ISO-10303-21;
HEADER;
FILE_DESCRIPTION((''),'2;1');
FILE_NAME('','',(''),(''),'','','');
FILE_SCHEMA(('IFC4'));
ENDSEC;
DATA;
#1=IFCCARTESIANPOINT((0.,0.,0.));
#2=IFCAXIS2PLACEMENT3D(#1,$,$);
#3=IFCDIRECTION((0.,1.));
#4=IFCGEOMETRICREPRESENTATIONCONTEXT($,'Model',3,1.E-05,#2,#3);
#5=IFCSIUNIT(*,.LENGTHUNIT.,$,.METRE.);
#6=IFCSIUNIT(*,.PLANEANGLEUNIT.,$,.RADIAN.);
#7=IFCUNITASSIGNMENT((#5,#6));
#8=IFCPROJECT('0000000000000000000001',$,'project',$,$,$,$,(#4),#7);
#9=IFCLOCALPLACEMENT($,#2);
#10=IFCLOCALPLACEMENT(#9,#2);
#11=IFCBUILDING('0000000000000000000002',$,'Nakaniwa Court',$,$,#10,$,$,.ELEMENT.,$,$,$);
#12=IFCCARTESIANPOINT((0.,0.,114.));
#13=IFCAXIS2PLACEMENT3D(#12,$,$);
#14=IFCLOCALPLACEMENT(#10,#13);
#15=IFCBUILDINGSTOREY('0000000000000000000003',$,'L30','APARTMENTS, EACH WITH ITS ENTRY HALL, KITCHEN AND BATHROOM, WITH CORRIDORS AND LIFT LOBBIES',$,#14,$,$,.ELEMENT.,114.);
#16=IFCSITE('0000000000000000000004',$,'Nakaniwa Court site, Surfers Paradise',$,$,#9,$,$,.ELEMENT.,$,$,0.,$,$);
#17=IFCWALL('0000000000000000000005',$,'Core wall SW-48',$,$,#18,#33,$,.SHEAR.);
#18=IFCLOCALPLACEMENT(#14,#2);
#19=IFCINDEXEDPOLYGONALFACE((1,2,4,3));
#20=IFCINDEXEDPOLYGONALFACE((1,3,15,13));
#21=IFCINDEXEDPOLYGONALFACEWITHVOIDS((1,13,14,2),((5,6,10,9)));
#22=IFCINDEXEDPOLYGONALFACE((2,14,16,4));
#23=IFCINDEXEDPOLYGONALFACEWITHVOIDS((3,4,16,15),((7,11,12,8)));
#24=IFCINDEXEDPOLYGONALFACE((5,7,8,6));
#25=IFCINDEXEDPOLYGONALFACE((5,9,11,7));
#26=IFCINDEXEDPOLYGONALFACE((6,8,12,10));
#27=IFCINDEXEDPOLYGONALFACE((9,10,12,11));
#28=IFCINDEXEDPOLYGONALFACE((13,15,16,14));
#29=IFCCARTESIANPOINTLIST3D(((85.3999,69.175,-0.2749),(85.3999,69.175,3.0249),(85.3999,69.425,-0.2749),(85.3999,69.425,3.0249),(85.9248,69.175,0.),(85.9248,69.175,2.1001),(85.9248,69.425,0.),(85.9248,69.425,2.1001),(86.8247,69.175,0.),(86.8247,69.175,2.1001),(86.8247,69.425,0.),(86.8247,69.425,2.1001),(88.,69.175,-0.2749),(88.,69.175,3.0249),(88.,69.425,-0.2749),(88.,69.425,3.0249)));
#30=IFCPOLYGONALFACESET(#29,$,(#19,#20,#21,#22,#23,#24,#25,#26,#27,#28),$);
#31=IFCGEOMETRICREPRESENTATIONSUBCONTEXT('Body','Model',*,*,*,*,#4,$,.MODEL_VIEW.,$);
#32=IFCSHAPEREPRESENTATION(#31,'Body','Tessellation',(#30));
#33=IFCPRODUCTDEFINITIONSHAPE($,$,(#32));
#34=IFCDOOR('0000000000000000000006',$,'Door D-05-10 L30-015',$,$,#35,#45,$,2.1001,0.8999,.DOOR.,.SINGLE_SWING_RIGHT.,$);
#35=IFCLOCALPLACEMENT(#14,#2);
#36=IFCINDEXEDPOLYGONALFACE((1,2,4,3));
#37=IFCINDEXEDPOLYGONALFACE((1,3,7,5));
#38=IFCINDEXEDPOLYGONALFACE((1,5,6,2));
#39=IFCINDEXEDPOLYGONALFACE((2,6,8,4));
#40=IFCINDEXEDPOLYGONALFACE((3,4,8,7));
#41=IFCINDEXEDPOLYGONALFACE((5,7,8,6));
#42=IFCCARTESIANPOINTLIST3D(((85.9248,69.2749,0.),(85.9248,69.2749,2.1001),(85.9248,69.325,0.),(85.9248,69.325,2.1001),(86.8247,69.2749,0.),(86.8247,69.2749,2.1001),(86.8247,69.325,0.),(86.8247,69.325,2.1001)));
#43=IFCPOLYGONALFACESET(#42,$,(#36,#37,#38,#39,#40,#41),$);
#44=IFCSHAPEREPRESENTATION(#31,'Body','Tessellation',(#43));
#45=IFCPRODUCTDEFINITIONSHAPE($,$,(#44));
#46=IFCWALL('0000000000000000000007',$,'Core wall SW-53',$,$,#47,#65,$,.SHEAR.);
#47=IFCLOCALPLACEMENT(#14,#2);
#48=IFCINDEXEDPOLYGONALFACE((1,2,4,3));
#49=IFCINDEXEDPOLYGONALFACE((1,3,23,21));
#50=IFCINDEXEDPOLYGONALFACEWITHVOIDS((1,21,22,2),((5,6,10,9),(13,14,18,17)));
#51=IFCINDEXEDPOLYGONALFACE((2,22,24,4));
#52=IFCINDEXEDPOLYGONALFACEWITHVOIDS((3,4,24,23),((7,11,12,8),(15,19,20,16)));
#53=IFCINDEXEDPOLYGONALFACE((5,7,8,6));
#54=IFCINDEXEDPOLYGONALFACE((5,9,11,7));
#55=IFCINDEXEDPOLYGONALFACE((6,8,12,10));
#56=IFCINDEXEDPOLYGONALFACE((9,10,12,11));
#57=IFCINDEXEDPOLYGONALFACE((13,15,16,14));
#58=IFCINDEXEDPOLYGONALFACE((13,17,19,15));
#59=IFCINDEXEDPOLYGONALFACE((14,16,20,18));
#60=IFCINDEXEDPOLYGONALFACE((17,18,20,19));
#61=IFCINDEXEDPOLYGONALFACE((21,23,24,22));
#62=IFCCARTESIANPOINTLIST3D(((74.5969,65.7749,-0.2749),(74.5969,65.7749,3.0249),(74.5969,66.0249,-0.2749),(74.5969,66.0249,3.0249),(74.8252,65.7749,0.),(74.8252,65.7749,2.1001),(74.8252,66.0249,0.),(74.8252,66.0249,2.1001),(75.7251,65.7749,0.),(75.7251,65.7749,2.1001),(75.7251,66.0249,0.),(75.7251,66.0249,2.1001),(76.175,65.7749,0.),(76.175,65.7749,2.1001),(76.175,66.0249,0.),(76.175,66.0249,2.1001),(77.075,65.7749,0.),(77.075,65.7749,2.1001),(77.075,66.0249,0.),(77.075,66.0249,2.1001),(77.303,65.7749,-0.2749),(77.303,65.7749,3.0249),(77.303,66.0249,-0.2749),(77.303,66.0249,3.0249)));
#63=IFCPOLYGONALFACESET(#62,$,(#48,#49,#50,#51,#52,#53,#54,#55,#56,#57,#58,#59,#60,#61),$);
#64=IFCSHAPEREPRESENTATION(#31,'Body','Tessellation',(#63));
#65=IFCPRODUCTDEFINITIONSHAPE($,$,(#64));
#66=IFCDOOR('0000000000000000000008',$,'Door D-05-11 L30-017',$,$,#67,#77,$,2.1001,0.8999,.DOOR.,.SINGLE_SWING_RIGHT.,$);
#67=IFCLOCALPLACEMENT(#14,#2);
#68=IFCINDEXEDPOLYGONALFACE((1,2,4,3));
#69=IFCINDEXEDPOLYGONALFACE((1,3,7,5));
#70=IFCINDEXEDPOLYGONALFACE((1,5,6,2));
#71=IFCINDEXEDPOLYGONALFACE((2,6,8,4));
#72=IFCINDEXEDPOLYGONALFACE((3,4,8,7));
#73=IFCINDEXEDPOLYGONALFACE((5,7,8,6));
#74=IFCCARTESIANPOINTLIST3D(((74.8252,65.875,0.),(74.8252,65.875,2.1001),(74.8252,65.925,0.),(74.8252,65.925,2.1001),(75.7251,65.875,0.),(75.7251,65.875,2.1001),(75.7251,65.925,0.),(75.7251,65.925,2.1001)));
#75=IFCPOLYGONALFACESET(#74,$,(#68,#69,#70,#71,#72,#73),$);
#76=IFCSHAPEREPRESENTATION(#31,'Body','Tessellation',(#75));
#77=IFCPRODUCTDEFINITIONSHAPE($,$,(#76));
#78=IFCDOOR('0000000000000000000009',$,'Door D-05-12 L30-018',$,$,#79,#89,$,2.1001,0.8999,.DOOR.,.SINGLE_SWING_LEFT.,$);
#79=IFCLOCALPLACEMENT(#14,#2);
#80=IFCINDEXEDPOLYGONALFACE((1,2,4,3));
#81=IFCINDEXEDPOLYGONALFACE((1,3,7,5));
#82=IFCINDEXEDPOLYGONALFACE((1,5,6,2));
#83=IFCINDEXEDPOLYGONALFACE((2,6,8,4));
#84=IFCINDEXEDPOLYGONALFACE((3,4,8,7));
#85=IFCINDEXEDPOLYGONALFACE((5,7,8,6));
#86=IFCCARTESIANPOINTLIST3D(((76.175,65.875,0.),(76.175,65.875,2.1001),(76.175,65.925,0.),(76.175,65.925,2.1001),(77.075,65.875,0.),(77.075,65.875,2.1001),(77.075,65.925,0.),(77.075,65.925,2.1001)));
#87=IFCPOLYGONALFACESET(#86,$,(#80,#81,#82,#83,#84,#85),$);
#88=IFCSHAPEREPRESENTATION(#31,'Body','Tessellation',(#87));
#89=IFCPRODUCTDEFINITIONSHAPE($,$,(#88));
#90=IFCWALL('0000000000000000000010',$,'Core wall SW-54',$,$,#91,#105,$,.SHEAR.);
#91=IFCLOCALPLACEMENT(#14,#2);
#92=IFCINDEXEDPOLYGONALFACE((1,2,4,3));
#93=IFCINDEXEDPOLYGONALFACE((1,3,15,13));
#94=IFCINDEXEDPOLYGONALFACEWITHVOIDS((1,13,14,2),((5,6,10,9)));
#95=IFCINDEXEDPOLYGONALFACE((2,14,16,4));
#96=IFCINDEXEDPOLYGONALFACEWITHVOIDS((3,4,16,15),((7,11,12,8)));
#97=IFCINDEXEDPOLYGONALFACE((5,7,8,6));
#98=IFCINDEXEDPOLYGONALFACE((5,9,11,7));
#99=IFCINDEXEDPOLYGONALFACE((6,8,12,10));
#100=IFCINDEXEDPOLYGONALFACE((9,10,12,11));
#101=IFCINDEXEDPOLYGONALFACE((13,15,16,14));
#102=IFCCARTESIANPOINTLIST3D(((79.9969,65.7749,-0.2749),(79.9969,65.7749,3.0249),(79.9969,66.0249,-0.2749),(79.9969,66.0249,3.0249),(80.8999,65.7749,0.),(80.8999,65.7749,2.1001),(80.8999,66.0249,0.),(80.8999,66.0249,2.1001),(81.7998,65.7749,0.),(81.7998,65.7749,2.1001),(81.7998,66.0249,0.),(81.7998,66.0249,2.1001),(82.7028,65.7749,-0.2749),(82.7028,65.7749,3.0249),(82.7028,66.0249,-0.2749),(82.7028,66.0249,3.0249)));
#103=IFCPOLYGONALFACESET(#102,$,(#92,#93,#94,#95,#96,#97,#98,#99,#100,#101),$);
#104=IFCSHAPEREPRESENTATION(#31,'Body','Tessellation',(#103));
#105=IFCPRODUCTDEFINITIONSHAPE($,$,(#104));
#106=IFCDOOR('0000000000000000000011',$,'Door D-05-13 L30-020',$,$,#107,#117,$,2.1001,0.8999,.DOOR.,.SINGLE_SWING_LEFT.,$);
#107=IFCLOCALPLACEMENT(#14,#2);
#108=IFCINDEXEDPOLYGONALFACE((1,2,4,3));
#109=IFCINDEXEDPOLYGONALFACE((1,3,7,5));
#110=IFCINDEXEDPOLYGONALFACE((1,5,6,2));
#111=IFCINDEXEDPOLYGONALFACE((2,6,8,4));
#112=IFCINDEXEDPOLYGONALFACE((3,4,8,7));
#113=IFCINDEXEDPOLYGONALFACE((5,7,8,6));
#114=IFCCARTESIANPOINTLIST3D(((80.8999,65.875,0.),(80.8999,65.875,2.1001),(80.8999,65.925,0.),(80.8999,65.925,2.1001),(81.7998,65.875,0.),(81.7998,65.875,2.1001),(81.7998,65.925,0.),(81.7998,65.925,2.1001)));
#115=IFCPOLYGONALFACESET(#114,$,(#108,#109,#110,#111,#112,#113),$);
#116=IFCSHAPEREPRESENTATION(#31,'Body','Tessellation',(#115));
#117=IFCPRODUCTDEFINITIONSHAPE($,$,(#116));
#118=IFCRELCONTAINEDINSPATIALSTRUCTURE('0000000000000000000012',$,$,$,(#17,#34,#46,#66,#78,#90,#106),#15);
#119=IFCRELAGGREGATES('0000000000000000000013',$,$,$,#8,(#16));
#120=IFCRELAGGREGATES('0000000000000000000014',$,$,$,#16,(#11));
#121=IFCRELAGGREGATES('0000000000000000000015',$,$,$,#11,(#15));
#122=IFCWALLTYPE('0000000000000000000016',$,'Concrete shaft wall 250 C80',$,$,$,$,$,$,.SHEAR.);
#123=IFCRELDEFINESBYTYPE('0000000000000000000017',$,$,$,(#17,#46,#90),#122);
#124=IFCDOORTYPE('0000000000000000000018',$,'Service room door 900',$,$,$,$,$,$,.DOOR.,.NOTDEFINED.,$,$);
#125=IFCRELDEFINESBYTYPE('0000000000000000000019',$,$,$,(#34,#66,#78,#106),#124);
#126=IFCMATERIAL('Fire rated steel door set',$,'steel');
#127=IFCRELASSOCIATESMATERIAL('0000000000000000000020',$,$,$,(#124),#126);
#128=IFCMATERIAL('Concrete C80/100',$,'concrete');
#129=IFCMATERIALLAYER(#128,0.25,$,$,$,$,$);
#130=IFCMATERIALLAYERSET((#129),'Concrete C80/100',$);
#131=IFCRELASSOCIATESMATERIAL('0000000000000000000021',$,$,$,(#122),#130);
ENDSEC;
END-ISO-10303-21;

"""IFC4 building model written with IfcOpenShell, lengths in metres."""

from ifc_helpers import new_model, si_unit, direction, frame, frame_2d, origin, place, context, subcontext, project, spatial, rectangle, extrude, material, layer, layer_set, type_object, element, fill, save


model = new_model("IFC4")

# Units and contexts
model_context = context("Model", 3, precision=1e-05, world=origin(), true_north=direction((0.0, 1.0)))
body_context = subcontext(model_context, "Body", "Model", "MODEL_VIEW")
ifc_project = project(units=[si_unit("LENGTHUNIT", "METRE"), si_unit("PLANEANGLEUNIT", "RADIAN")], contexts=[model_context])

# Site, building, storey
site_placement = place(None, origin())
site = spatial("IfcSite", under=ifc_project, at=site_placement, Name="Nakaniwa Court site, Surfers Paradise", CompositionType="ELEMENT", RefElevation=0.0)
building_placement = place(site_placement, origin())
building = spatial("IfcBuilding", under=site, at=building_placement, Name="Nakaniwa Court", CompositionType="ELEMENT")
storey_placement = place(building_placement, frame((0.0, 0.0, 114.0)))
storey = spatial("IfcBuildingStorey", under=building, at=storey_placement, Name="L30", Description="APARTMENTS, EACH WITH ITS ENTRY HALL, KITCHEN AND BATHROOM, WITH CORRIDORS AND LIFT LOBBIES", CompositionType="ELEMENT", Elevation=114.0)

# Shared definitions
ifc_material_1 = material(Name="Concrete C80/100", Category="concrete")

# Shared definitions
ifc_material_2 = material(Name="Fire rated steel door set", Category="steel")
door_type_1 = type_object("IfcDoorType", Name="Service room door 900", OperationType="NOTDEFINED", PredefinedType="DOOR", material=ifc_material_2)

# Shared definitions
ifc_layer_1 = layer(ifc_material_1, 0.25)
ifc_layer_set_1 = layer_set([ifc_layer_1], Name="Concrete C80/100")
wall_type_1 = type_object("IfcWallType", Name="Concrete shaft wall 250 C80", PredefinedType="SHEAR", material=ifc_layer_set_1)

# Wall, opening, door
wall_1_placement = place(storey_placement, frame((85.3999, 69.3, -0.2749), z_axis=(0.0, 0.0, 1.0), x_axis=(1.0, 0.0, 0.0)))
wall_1 = element("IfcWall", 1, at=wall_1_placement, inside=storey, type_object=wall_type_1, Name="Core wall SW-48", PredefinedType="SHEAR", context=body_context, shape_type="SweptSolid", body=[
    extrude(rectangle(XDim=2.6001, YDim=0.25, at=frame_2d((1.3, 0.0))), origin(), (0.0, 0.0, 1.0), 3.2998),
])
opening_1_placement = place(wall_1_placement, frame((0.5249, 0.0, 0.2749)))
opening_1 = element("IfcOpeningElement", 2, at=opening_1_placement, cuts=wall_1, PredefinedType="OPENING", context=body_context, shape_type="SweptSolid", body=[
    extrude(rectangle(XDim=0.8999, YDim=2.1001, at=frame_2d((0.45, 1.05))), frame((0.0, 0.135, 0.0), z_axis=(0.0, -1.0, 0.0), x_axis=(1.0, 0.0, 0.0)), (0.0, 0.0, 1.0), 0.27),
])
door_1_placement = place(opening_1_placement, origin())
door_1 = element("IfcDoor", 3, at=door_1_placement, inside=storey, type_object=door_type_1, Name="Door D-05-10 L30-015", OperationType="SINGLE_SWING_RIGHT", OverallHeight=2.1001, OverallWidth=0.8999, PredefinedType="DOOR", context=body_context, shape_type="SweptSolid", body=[
    extrude(rectangle(XDim=0.8999, YDim=2.1001, at=frame_2d((0.45, 1.05))), frame((0.0, 0.0249, 0.0), z_axis=(0.0, -1.0, 0.0), x_axis=(1.0, 0.0, 0.0)), (0.0, 0.0, 1.0), 0.05),
])
fill(opening_1, door_1)

# Wall, openings, doors
wall_2_placement = place(storey_placement, frame((77.303, 65.8999, -0.2749), z_axis=(0.0, 0.0, 1.0), x_axis=(-1.0, 0.0, 0.0)))
wall_2 = element("IfcWall", 4, at=wall_2_placement, inside=storey, type_object=wall_type_1, Name="Core wall SW-53", PredefinedType="SHEAR", context=body_context, shape_type="SweptSolid", body=[
    extrude(rectangle(XDim=2.7061, YDim=0.25, at=frame_2d((1.353, 0.0))), origin(), (0.0, 0.0, 1.0), 3.2998),
])
opening_2_placement = place(wall_2_placement, frame((1.5779, 0.0, 0.2749)))
opening_2 = element("IfcOpeningElement", 5, at=opening_2_placement, cuts=wall_2, PredefinedType="OPENING", context=body_context, shape_type="SweptSolid", body=[
    extrude(rectangle(XDim=0.8999, YDim=2.1001, at=frame_2d((0.45, 1.05))), frame((0.0, 0.135, 0.0), z_axis=(0.0, -1.0, 0.0), x_axis=(1.0, 0.0, 0.0)), (0.0, 0.0, 1.0), 0.27),
])
opening_3_placement = place(wall_2_placement, frame((0.228, 0.0, 0.2749)))
opening_3 = element("IfcOpeningElement", 6, at=opening_3_placement, cuts=wall_2, PredefinedType="OPENING", context=body_context, shape_type="SweptSolid", body=[
    extrude(rectangle(XDim=0.8999, YDim=2.1001, at=frame_2d((0.45, 1.05))), frame((0.0, 0.135, 0.0), z_axis=(0.0, -1.0, 0.0), x_axis=(1.0, 0.0, 0.0)), (0.0, 0.0, 1.0), 0.27),
])
door_2_placement = place(opening_2_placement, origin())
door_2 = element("IfcDoor", 7, at=door_2_placement, inside=storey, type_object=door_type_1, Name="Door D-05-11 L30-017", OperationType="SINGLE_SWING_RIGHT", OverallHeight=2.1001, OverallWidth=0.8999, PredefinedType="DOOR", context=body_context, shape_type="SweptSolid", body=[
    extrude(rectangle(XDim=0.8999, YDim=2.1001, at=frame_2d((0.45, 1.05))), frame((0.0, 0.0249, 0.0), z_axis=(0.0, -1.0, 0.0), x_axis=(1.0, 0.0, 0.0)), (0.0, 0.0, 1.0), 0.05),
])
fill(opening_2, door_2)
door_3_placement = place(opening_3_placement, origin())
door_3 = element("IfcDoor", 8, at=door_3_placement, inside=storey, type_object=door_type_1, Name="Door D-05-12 L30-018", OperationType="SINGLE_SWING_LEFT", OverallHeight=2.1001, OverallWidth=0.8999, PredefinedType="DOOR", context=body_context, shape_type="SweptSolid", body=[
    extrude(rectangle(XDim=0.8999, YDim=2.1001, at=frame_2d((0.45, 1.05))), frame((0.0, 0.0249, 0.0), z_axis=(0.0, -1.0, 0.0), x_axis=(1.0, 0.0, 0.0)), (0.0, 0.0, 1.0), 0.05),
])
fill(opening_3, door_3)

# Wall, opening, door
wall_3_placement = place(storey_placement, frame((82.7029, 65.8999, -0.2749), z_axis=(0.0, 0.0, 1.0), x_axis=(-1.0, 0.0, 0.0)))
wall_3 = element("IfcWall", 9, at=wall_3_placement, inside=storey, type_object=wall_type_1, Name="Core wall SW-54", PredefinedType="SHEAR", context=body_context, shape_type="SweptSolid", body=[
    extrude(rectangle(XDim=2.7058, YDim=0.25, at=frame_2d((1.353, 0.0))), origin(), (0.0, 0.0, 1.0), 3.2998),
])
opening_4_placement = place(wall_3_placement, frame((0.9031, 0.0, 0.2749)))
opening_4 = element("IfcOpeningElement", 10, at=opening_4_placement, cuts=wall_3, PredefinedType="OPENING", context=body_context, shape_type="SweptSolid", body=[
    extrude(rectangle(XDim=0.8999, YDim=2.1001, at=frame_2d((0.45, 1.05))), frame((0.0, 0.135, 0.0), z_axis=(0.0, -1.0, 0.0), x_axis=(1.0, 0.0, 0.0)), (0.0, 0.0, 1.0), 0.27),
])
door_4_placement = place(opening_4_placement, origin())
door_4 = element("IfcDoor", 11, at=door_4_placement, inside=storey, type_object=door_type_1, Name="Door D-05-13 L30-020", OperationType="SINGLE_SWING_LEFT", OverallHeight=2.1001, OverallWidth=0.8999, PredefinedType="DOOR", context=body_context, shape_type="SweptSolid", body=[
    extrude(rectangle(XDim=0.8999, YDim=2.1001, at=frame_2d((0.45, 1.05))), frame((0.0, 0.0249, 0.0), z_axis=(0.0, -1.0, 0.0), x_axis=(1.0, 0.0, 0.0)), (0.0, 0.0, 1.0), 0.05),
])
fill(opening_4, door_4)

save(model, "model.ifc")
